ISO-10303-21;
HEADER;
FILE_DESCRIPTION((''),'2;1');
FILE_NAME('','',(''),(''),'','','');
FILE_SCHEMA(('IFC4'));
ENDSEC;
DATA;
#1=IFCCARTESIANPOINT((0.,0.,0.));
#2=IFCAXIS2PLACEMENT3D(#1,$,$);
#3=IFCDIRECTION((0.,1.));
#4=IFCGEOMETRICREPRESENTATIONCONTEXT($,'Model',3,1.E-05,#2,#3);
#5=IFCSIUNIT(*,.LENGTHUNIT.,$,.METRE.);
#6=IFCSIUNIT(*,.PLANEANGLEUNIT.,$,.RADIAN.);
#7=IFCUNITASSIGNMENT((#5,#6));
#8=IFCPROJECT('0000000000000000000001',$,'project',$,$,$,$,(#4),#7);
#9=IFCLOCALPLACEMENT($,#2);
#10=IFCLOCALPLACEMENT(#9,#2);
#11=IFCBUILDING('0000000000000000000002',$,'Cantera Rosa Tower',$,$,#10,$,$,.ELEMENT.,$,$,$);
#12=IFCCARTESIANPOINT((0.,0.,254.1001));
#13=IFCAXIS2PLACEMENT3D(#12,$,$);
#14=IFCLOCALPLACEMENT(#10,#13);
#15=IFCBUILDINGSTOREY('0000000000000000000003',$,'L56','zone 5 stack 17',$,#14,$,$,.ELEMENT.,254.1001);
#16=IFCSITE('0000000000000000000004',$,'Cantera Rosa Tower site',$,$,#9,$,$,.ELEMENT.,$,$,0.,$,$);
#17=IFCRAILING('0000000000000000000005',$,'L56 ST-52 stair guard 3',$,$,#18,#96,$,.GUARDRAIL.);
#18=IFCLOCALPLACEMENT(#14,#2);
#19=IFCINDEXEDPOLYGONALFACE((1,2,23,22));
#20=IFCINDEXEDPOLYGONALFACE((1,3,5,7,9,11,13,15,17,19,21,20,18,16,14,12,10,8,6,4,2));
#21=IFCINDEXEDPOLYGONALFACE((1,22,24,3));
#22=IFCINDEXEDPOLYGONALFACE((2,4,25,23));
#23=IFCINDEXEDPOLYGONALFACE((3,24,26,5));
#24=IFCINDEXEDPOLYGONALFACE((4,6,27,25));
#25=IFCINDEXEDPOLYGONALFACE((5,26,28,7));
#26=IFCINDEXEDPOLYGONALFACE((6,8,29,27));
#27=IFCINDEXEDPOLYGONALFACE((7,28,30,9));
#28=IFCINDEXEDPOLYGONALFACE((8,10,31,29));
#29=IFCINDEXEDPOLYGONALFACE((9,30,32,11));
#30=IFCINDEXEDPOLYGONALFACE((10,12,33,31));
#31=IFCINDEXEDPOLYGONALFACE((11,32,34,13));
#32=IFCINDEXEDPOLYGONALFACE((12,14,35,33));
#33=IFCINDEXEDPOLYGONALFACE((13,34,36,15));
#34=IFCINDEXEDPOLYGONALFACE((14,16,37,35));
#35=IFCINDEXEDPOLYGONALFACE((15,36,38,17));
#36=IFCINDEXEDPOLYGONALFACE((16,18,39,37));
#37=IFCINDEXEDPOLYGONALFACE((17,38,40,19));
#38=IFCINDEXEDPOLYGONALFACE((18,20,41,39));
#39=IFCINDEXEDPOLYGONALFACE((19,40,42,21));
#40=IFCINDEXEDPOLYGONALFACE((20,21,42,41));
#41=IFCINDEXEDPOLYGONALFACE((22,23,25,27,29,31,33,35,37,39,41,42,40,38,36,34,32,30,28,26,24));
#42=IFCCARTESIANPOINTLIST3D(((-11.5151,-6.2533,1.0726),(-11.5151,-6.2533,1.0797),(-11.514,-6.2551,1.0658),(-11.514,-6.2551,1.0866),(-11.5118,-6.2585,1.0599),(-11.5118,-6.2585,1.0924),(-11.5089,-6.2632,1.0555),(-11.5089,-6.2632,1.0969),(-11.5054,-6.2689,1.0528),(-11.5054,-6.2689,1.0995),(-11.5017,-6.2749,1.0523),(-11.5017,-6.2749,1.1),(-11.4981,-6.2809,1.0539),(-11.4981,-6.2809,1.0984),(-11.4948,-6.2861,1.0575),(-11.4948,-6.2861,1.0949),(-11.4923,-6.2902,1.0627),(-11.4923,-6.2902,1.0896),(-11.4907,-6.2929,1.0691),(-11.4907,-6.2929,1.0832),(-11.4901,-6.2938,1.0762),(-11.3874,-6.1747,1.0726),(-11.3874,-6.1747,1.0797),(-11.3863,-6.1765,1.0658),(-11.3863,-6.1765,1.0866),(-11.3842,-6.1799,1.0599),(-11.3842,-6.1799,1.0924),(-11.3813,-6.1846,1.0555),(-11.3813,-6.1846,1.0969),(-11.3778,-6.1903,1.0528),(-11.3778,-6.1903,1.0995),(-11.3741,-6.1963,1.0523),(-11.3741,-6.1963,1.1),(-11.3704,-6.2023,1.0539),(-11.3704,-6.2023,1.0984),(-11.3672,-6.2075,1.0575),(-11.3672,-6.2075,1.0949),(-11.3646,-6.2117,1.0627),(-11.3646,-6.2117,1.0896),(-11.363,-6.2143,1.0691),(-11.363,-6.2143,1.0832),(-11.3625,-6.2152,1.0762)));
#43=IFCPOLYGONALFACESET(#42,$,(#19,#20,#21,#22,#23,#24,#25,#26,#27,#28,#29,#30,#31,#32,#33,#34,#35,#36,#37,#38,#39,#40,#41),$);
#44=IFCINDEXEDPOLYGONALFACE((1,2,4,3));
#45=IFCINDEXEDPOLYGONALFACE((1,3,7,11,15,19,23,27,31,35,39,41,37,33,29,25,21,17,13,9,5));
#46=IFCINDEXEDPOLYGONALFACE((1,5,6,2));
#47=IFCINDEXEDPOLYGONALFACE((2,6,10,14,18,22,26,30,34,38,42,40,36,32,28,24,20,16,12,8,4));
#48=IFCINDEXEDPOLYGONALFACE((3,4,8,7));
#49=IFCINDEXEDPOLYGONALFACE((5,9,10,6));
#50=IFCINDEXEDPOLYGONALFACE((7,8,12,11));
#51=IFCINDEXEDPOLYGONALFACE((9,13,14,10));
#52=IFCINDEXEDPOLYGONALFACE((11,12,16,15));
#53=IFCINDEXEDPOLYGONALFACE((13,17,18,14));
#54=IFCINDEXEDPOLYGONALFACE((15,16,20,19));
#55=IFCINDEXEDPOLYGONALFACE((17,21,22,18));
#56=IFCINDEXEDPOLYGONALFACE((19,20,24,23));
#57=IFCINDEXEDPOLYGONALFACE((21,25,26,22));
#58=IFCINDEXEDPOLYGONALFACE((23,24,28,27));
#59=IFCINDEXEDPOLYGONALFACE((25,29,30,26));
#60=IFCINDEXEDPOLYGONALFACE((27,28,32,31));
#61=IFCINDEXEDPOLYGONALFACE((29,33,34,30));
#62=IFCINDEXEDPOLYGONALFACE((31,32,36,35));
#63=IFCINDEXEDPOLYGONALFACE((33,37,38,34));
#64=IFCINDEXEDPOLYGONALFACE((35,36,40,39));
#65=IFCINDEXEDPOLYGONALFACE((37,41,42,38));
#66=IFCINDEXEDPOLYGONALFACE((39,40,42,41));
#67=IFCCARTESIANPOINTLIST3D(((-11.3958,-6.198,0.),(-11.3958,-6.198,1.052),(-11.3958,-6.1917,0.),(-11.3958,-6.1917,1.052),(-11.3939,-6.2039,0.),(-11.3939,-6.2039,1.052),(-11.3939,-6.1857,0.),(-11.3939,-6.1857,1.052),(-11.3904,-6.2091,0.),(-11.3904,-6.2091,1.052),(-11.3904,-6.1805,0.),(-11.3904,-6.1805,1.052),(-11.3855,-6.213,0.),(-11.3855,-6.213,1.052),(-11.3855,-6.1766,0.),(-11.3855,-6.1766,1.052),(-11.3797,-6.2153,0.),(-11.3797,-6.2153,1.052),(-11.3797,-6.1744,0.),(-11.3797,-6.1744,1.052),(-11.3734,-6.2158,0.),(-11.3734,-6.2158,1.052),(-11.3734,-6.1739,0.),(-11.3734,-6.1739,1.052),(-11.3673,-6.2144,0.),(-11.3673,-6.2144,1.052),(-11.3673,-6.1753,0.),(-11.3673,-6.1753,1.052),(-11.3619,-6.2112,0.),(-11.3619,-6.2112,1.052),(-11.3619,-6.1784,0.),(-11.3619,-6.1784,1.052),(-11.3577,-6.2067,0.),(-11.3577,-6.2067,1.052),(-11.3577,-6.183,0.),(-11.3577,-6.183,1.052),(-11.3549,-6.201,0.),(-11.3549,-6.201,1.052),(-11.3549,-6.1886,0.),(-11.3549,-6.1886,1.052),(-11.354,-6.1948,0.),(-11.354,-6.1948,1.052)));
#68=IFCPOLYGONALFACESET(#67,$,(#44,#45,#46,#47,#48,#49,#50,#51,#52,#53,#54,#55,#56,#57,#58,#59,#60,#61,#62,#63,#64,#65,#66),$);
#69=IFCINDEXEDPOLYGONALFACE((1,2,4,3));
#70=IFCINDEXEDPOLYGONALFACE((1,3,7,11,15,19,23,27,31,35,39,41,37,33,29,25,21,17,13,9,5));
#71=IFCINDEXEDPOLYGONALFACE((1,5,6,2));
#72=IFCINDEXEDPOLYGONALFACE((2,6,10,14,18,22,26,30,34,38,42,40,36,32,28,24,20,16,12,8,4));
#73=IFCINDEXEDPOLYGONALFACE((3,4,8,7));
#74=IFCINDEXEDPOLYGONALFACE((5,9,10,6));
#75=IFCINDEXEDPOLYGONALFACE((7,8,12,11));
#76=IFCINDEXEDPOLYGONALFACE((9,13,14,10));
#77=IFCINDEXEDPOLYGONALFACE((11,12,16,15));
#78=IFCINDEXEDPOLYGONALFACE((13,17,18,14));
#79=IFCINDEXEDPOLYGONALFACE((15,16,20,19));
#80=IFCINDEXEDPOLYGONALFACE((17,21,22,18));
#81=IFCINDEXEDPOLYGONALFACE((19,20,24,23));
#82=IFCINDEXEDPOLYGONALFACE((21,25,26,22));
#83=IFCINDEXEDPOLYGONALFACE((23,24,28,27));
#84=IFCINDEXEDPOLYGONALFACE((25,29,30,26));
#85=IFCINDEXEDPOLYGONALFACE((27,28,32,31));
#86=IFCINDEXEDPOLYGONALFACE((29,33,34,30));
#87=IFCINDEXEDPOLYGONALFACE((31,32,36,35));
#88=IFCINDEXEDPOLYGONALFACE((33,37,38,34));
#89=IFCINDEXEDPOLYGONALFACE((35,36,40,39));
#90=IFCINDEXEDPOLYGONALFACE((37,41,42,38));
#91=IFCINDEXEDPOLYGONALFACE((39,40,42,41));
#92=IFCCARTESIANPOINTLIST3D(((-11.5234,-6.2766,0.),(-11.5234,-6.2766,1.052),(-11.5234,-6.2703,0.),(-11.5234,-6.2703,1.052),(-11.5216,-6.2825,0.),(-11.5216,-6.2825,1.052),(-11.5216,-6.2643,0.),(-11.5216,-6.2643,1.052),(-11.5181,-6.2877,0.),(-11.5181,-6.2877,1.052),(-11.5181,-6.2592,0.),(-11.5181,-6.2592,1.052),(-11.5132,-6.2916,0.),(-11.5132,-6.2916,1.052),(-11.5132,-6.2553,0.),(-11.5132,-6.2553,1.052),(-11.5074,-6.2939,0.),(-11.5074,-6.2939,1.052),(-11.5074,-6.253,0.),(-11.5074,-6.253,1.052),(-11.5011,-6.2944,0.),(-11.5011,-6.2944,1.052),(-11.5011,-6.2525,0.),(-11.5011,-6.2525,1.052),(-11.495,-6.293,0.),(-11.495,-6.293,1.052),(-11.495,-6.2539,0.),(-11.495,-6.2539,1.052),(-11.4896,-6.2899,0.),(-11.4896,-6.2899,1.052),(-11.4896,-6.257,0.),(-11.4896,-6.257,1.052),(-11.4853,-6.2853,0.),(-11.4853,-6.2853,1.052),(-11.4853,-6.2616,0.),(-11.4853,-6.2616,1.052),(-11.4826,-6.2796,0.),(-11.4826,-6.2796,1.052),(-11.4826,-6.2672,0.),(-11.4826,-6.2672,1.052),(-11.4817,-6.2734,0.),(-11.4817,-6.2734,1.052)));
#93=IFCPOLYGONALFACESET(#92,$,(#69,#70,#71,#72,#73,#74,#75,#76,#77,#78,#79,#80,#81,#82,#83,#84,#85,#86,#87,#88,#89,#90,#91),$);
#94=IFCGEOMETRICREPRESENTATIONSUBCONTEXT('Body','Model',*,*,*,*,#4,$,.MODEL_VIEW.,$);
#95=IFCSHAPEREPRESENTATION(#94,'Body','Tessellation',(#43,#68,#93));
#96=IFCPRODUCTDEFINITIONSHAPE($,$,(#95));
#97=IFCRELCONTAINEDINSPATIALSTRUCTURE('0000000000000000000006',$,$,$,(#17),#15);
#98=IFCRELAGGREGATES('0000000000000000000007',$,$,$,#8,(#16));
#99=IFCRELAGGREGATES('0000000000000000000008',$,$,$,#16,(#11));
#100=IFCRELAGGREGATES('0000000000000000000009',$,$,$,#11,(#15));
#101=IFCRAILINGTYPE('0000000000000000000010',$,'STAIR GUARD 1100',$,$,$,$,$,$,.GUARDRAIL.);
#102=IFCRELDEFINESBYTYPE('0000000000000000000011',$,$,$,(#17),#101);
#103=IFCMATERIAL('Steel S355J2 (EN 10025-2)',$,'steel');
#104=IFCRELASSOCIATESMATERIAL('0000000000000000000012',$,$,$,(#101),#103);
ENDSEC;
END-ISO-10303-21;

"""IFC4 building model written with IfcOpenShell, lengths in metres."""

from ifc_helpers import new_model, si_unit, direction, frame, origin, origin_2d, place, context, subcontext, project, spatial, circle, extrude, material, type_object, element, save


model = new_model("IFC4")

# Units and contexts
model_context = context("Model", 3, precision=1e-05, world=origin(), true_north=direction((0.0, 1.0)))
body_context = subcontext(model_context, "Body", "Model", "MODEL_VIEW")
ifc_project = project(units=[si_unit("LENGTHUNIT", "METRE"), si_unit("PLANEANGLEUNIT", "RADIAN")], contexts=[model_context])

# Site, building, storey
site_placement = place(None, origin())
site = spatial("IfcSite", under=ifc_project, at=site_placement, Name="Cantera Rosa Tower site", CompositionType="ELEMENT", RefElevation=0.0)
building_placement = place(site_placement, origin())
building = spatial("IfcBuilding", under=site, at=building_placement, Name="Cantera Rosa Tower", CompositionType="ELEMENT")
storey_placement = place(building_placement, frame((0.0, 0.0, 254.1001)))
storey = spatial("IfcBuildingStorey", under=building, at=storey_placement, Name="L56", Description="zone 5 stack 17", CompositionType="ELEMENT", Elevation=254.1001)

# Railing
ifc_material_1 = material(Name="Steel S355J2 (EN 10025-2)", Category="steel")
railing_type_1 = type_object("IfcRailingType", Name="STAIR GUARD 1100", PredefinedType="GUARDRAIL", material=ifc_material_1)
railing_1_placement = place(storey_placement, frame((-11.375, -6.1948, 0.0)))
element("IfcRailing", 1, at=railing_1_placement, inside=storey, type_object=railing_type_1, Name="L56 ST-52 stair guard 3", PredefinedType="GUARDRAIL", context=body_context, shape_type="SweptSolid", body=[
    extrude(circle(Radius=0.0239, at=origin_2d()), frame((0.0, 0.0, 1.0762), z_axis=(-0.851546, -0.524279, 0.0), x_axis=(0.524279, -0.851546, 0.0)), (0.0, 0.0, 1.0), 0.1499),
    extrude(circle(Radius=0.021, at=origin_2d()), origin(), (0.0, 0.0, 1.0), 1.052),
    extrude(circle(Radius=0.021, at=origin_2d()), frame((-0.1277, -0.0786, 0.0)), (0.0, 0.0, 1.0), 1.052),
])

save(model, "model.ifc")
